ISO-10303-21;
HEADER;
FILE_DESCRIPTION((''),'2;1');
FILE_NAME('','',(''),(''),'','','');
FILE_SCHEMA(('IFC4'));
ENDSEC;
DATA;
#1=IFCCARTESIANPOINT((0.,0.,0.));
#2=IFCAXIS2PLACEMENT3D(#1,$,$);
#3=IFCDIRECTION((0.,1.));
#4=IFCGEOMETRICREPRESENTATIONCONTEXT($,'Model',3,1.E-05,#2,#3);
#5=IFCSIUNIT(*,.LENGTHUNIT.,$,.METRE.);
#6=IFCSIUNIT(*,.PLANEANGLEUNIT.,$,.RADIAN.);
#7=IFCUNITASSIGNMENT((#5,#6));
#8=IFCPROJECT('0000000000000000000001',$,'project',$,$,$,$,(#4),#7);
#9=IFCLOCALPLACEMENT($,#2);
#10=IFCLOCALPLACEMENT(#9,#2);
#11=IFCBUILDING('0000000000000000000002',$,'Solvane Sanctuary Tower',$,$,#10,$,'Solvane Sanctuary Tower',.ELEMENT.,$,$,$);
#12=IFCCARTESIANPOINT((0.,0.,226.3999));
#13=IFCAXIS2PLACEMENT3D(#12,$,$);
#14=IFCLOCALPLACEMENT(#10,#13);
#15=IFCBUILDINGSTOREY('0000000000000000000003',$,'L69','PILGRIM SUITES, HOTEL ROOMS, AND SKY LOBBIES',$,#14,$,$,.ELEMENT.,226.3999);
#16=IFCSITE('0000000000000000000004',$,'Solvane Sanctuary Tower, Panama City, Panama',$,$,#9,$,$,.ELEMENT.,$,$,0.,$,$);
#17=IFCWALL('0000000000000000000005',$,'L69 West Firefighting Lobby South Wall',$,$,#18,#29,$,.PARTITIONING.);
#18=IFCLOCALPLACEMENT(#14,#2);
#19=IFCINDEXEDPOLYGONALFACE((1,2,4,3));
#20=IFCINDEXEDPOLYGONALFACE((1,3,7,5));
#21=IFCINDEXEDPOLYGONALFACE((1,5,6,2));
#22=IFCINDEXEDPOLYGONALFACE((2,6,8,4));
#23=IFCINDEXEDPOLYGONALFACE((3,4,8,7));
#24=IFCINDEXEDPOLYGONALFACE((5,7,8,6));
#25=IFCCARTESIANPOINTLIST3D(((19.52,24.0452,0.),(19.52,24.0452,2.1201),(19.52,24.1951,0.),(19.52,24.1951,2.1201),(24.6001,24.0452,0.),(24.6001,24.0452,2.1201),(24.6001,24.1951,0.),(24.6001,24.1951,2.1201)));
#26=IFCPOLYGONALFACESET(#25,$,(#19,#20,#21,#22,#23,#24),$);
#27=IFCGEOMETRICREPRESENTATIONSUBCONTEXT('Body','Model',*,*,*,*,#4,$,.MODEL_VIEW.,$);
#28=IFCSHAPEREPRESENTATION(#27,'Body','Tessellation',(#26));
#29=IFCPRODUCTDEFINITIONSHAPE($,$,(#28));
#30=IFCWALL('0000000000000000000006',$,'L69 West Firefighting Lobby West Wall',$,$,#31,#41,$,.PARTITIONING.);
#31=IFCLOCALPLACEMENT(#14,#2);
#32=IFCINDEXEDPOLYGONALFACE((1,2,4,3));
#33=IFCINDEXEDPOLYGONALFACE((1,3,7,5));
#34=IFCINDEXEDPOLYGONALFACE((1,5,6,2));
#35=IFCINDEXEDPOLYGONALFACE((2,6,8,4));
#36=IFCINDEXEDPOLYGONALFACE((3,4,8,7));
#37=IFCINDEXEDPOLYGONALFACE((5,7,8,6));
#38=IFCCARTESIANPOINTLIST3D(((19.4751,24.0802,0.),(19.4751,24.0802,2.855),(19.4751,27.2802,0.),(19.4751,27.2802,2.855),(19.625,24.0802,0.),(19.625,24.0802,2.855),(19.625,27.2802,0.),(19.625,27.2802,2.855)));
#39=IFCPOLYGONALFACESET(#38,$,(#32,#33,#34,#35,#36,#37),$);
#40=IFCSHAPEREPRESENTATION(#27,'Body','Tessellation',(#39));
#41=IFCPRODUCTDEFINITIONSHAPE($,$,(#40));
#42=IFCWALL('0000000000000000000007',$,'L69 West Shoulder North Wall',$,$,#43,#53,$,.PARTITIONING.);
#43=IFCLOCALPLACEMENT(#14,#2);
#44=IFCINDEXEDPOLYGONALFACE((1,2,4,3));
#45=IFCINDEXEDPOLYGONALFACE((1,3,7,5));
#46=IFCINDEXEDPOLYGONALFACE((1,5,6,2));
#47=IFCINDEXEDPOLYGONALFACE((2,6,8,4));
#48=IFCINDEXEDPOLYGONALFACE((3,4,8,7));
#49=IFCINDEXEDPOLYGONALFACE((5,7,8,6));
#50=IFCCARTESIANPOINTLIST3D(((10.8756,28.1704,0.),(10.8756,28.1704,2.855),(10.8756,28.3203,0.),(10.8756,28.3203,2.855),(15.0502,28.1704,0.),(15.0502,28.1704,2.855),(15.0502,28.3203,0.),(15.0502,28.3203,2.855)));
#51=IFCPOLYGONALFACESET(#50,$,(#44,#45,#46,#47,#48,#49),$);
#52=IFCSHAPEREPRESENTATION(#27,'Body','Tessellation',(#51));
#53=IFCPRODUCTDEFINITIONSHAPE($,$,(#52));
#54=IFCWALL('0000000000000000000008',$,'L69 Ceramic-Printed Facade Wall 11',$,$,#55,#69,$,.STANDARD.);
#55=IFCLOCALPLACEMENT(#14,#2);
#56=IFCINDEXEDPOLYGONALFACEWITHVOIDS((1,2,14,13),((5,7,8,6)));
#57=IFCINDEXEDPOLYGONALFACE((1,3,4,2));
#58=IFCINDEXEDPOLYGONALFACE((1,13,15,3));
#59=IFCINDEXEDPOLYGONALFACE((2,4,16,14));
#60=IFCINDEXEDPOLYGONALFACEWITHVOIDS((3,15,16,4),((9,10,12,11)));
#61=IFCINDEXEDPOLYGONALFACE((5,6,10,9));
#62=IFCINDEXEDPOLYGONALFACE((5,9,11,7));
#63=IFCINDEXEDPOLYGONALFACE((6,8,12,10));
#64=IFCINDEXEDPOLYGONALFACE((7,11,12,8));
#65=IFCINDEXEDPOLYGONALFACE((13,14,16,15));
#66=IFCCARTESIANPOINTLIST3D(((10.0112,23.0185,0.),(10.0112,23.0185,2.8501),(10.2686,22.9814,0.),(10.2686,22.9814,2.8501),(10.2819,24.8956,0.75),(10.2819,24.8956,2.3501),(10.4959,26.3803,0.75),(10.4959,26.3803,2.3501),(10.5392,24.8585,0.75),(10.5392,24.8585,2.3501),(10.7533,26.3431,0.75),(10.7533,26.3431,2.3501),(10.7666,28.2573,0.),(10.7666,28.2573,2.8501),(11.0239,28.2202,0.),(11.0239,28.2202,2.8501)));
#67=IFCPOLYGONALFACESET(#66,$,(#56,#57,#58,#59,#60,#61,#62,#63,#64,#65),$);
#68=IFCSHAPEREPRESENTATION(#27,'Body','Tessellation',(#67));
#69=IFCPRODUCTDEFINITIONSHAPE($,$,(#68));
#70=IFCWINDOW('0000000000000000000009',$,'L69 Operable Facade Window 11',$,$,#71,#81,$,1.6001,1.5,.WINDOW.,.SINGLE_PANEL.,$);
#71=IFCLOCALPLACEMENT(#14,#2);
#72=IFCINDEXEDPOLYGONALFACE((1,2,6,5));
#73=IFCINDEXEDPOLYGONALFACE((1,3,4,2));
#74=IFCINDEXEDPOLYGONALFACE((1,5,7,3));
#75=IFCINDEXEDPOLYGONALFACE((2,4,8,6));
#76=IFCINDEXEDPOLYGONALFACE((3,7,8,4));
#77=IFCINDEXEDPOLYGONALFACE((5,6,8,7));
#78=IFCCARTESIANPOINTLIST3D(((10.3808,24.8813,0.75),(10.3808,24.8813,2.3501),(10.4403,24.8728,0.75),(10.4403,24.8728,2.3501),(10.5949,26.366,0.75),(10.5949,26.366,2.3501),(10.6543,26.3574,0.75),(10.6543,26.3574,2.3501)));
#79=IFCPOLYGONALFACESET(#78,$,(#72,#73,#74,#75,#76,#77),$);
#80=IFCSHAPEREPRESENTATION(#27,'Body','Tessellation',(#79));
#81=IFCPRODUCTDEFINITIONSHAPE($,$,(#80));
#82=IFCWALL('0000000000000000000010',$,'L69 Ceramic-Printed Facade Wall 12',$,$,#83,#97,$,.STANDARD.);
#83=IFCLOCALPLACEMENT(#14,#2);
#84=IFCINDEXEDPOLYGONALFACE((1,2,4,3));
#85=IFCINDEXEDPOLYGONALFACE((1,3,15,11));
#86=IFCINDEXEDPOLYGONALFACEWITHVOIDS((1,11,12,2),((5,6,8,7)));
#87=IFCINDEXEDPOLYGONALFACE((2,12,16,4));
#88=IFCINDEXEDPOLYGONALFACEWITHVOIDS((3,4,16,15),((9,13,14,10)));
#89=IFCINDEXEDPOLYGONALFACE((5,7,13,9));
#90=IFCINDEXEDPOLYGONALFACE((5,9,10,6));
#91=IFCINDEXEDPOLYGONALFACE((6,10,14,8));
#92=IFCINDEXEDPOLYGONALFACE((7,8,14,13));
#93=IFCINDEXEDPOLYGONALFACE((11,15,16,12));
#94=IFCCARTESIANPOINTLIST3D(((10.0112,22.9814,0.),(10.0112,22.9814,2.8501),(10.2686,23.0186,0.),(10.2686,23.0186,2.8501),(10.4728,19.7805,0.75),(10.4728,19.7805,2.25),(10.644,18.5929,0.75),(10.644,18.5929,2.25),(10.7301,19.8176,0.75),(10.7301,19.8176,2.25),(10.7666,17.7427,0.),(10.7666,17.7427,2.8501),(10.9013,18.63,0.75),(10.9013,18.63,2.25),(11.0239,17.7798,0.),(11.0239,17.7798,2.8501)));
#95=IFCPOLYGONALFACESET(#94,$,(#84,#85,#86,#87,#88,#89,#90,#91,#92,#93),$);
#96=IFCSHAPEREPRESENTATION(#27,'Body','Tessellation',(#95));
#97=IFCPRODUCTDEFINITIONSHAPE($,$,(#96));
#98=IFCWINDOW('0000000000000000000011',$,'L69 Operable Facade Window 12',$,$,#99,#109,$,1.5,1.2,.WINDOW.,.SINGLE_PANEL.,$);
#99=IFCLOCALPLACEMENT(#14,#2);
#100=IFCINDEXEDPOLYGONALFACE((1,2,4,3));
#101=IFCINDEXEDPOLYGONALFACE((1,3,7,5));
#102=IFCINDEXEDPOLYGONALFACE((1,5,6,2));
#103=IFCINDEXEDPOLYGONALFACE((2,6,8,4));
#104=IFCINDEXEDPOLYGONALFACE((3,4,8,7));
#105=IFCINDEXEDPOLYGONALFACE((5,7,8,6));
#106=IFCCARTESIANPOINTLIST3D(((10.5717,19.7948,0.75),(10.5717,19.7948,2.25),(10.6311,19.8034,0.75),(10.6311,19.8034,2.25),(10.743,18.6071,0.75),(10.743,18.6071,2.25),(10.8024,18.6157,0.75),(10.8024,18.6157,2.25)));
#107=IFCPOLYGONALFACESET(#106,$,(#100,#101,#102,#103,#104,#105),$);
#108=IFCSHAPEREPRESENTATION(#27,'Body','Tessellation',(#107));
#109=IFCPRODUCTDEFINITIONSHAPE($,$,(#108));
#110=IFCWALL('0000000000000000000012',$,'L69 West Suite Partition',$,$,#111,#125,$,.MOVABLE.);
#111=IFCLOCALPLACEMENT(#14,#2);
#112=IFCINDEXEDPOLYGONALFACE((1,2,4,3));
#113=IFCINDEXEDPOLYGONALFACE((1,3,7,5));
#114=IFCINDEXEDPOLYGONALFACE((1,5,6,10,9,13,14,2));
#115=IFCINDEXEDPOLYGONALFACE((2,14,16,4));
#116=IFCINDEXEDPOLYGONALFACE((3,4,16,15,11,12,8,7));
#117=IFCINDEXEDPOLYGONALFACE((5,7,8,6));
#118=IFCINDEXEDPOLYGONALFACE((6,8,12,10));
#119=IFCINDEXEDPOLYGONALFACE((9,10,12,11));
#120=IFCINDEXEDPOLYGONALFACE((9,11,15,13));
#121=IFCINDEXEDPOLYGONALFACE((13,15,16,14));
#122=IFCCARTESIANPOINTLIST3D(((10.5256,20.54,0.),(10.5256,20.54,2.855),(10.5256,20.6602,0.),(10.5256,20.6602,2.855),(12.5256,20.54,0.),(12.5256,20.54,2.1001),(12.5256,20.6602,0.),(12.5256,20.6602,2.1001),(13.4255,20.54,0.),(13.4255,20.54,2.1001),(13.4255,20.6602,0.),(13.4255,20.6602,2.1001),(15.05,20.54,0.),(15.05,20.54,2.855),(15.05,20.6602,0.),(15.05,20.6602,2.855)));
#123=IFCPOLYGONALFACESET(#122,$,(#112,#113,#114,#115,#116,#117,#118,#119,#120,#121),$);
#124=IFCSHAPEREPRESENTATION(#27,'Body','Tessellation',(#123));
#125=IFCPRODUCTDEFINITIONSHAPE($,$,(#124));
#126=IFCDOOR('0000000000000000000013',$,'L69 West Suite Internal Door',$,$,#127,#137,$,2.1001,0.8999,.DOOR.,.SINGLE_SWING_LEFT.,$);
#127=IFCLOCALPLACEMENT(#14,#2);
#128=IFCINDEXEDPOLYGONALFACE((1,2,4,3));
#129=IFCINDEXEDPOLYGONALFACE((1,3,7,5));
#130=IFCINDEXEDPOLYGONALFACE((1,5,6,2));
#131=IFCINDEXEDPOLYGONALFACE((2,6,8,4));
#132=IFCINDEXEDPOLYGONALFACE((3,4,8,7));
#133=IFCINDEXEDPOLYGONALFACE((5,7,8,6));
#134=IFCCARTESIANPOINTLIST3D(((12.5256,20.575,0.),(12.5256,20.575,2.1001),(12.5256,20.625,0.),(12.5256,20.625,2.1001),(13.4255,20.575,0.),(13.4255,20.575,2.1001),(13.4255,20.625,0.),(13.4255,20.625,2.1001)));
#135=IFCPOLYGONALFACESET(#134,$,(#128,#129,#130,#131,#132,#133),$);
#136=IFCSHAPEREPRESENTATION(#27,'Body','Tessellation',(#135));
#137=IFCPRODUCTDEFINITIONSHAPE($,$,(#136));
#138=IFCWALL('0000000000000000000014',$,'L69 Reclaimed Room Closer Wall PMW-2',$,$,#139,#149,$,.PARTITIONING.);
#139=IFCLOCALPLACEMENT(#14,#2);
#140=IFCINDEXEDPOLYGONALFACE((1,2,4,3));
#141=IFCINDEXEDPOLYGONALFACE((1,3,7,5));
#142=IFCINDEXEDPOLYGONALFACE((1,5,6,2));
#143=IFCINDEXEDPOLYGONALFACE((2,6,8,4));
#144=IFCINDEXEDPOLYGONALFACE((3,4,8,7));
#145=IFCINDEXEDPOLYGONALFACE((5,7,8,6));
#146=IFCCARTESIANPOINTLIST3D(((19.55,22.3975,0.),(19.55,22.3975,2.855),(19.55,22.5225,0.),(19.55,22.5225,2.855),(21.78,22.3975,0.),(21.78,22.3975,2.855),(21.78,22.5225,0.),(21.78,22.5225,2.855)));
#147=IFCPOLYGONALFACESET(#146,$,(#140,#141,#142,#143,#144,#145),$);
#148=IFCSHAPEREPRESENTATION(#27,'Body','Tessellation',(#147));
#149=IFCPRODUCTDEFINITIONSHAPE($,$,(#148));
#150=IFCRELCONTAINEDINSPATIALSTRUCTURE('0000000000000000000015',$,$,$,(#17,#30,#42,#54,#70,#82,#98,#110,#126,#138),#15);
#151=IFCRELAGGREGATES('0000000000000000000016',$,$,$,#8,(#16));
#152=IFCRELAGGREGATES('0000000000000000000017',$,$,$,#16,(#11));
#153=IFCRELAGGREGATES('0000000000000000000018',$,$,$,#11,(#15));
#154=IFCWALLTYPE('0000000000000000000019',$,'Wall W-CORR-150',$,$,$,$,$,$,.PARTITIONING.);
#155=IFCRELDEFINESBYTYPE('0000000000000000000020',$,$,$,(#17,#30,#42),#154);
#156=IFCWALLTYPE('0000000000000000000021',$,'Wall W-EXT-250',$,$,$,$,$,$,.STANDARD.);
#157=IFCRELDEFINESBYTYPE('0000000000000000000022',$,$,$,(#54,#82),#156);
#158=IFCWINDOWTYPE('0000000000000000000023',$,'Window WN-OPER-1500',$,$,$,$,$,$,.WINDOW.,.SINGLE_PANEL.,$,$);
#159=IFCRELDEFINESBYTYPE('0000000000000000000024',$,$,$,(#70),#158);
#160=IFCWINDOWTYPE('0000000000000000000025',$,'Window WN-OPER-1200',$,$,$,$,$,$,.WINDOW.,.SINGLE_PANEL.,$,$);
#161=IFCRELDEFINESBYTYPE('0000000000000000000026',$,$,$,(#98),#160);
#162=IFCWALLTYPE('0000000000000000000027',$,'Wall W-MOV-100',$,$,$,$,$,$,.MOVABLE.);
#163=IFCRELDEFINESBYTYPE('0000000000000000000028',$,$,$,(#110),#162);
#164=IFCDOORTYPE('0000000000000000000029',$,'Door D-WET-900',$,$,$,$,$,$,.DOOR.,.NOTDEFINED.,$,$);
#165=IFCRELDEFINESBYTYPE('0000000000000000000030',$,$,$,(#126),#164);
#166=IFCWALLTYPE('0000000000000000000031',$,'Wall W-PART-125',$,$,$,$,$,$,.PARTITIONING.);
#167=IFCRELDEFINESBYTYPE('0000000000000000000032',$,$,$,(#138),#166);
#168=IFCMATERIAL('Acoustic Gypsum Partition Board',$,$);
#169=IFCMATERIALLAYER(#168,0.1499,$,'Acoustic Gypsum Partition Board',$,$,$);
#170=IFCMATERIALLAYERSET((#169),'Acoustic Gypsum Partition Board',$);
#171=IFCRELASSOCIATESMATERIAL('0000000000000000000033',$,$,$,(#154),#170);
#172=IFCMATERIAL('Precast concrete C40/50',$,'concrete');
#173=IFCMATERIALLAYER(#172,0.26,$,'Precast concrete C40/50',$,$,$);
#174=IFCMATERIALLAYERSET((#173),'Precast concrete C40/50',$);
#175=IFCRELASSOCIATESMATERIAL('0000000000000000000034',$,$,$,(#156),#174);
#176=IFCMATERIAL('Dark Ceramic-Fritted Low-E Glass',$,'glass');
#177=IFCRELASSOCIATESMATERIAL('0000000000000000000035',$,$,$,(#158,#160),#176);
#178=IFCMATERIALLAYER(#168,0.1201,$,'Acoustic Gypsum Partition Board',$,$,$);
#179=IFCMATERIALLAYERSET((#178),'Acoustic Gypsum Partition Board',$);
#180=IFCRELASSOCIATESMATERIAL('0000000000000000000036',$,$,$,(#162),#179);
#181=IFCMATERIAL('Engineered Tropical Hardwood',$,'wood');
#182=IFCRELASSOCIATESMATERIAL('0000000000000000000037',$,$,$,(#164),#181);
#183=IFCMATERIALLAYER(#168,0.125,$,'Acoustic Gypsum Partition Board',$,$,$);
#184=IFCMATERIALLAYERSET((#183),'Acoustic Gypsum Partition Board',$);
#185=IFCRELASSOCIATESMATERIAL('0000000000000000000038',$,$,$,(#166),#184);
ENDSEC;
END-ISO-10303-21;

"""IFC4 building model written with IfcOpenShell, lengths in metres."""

from ifc_helpers import new_model, si_unit, direction, frame, frame_2d, origin, place, context, subcontext, project, spatial, rectangle, extrude, material, layer, layer_set, type_object, element, fill, save


model = new_model("IFC4")

# Units and contexts
model_context = context("Model", 3, precision=1e-05, world=origin(), true_north=direction((0.0, 1.0)))
body_context = subcontext(model_context, "Body", "Model", "MODEL_VIEW")
ifc_project = project(units=[si_unit("LENGTHUNIT", "METRE"), si_unit("PLANEANGLEUNIT", "RADIAN")], contexts=[model_context])

# Site, building, storey
site_placement = place(None, origin())
site = spatial("IfcSite", under=ifc_project, at=site_placement, Name="Solvane Sanctuary Tower, Panama City, Panama", CompositionType="ELEMENT", RefElevation=0.0)
building_placement = place(site_placement, origin())
building = spatial("IfcBuilding", under=site, at=building_placement, Name="Solvane Sanctuary Tower", LongName="Solvane Sanctuary Tower", CompositionType="ELEMENT")
storey_placement = place(building_placement, frame((0.0, 0.0, 226.3999)))
storey = spatial("IfcBuildingStorey", under=building, at=storey_placement, Name="L69", Description="PILGRIM SUITES, HOTEL ROOMS, AND SKY LOBBIES", CompositionType="ELEMENT", Elevation=226.3999)

# Walls
ifc_material_1 = material(Name="Acoustic Gypsum Partition Board")
ifc_layer_1 = layer(ifc_material_1, 0.1499, Name="Acoustic Gypsum Partition Board")
ifc_layer_set_1 = layer_set([ifc_layer_1], Name="Acoustic Gypsum Partition Board")
wall_type_1 = type_object("IfcWallType", Name="Wall W-CORR-150", PredefinedType="PARTITIONING", material=ifc_layer_set_1)
wall_1_placement = place(storey_placement, frame((19.52, 24.1201, 0.0), z_axis=(0.0, 0.0, 1.0), x_axis=(1.0, 0.0, 0.0)))
element("IfcWall", 1, at=wall_1_placement, inside=storey, type_object=wall_type_1, Name="L69 West Firefighting Lobby South Wall", PredefinedType="PARTITIONING", context=body_context, shape_type="SweptSolid", body=[
    extrude(rectangle(XDim=5.0801, YDim=0.1499, at=frame_2d((2.54, 0.0))), origin(), (0.0, 0.0, 1.0), 2.1201),
])
wall_2_placement = place(storey_placement, frame((19.55, 24.0801, 0.0), z_axis=(0.0, 0.0, 1.0), x_axis=(0.0, 1.0, 0.0)))
element("IfcWall", 2, at=wall_2_placement, inside=storey, type_object=wall_type_1, Name="L69 West Firefighting Lobby West Wall", PredefinedType="PARTITIONING", context=body_context, shape_type="SweptSolid", body=[
    extrude(rectangle(XDim=3.2, YDim=0.1499, at=frame_2d((1.6001, 0.0))), origin(), (0.0, 0.0, 1.0), 2.855),
])
wall_3_placement = place(storey_placement, frame((10.8755, 28.2454, 0.0), z_axis=(0.0, 0.0, 1.0), x_axis=(1.0, 0.0, 0.0)))
element("IfcWall", 3, at=wall_3_placement, inside=storey, type_object=wall_type_1, Name="L69 West Shoulder North Wall", PredefinedType="PARTITIONING", context=body_context, shape_type="SweptSolid", body=[
    extrude(rectangle(XDim=4.1746, YDim=0.1499, at=frame_2d((2.0874, 0.0))), origin(), (0.0, 0.0, 1.0), 2.855),
])

# Walls, openings, windows
ifc_material_2 = material(Name="Precast concrete C40/50", Category="concrete")
ifc_layer_2 = layer(ifc_material_2, 0.26, Name="Precast concrete C40/50")
ifc_layer_set_2 = layer_set([ifc_layer_2], Name="Precast concrete C40/50")
wall_type_2 = type_object("IfcWallType", Name="Wall W-EXT-250", PredefinedType="STANDARD", material=ifc_layer_set_2)
wall_4_placement = place(storey_placement, frame((10.8953, 28.2388, 0.0), z_axis=(0.0, 0.0, 1.0), x_axis=(-0.142713, -0.989764, 0.0)))
wall_4 = element("IfcWall", 4, at=wall_4_placement, inside=storey, type_object=wall_type_2, Name="L69 Ceramic-Printed Facade Wall 11", PredefinedType="STANDARD", context=body_context, shape_type="SweptSolid", body=[
    extrude(rectangle(XDim=5.293, YDim=0.26, at=frame_2d((2.6465, 0.0))), origin(), (0.0, 0.0, 1.0), 2.8501),
])
opening_1_placement = place(wall_4_placement, frame((1.8965, 0.0, 0.75)))
opening_1 = element("IfcOpeningElement", 5, at=opening_1_placement, cuts=wall_4, PredefinedType="OPENING", context=body_context, shape_type="SweptSolid", body=[
    extrude(rectangle(XDim=1.5, YDim=1.6001, at=frame_2d((0.75, 0.8))), frame((0.0, 0.1399, 0.0), z_axis=(0.0, -1.0, 0.0), x_axis=(1.0, 0.0, 0.0)), (0.0, 0.0, 1.0), 0.28),
])
ifc_material_3 = material(Name="Dark Ceramic-Fritted Low-E Glass", Category="glass")
window_type_1 = type_object("IfcWindowType", Name="Window WN-OPER-1500", PartitioningType="SINGLE_PANEL", PredefinedType="WINDOW", material=ifc_material_3)
window_1_placement = place(opening_1_placement, origin())
window_1 = element("IfcWindow", 6, at=window_1_placement, inside=storey, type_object=window_type_1, Name="L69 Operable Facade Window 11", OverallHeight=1.6001, OverallWidth=1.5, PartitioningType="SINGLE_PANEL", PredefinedType="WINDOW", context=body_context, shape_type="SweptSolid", body=[
    extrude(rectangle(XDim=1.5, YDim=1.6001, at=frame_2d((0.75, 0.8))), frame((0.0, 0.03, 0.0), z_axis=(0.0, -1.0, 0.0), x_axis=(1.0, 0.0, 0.0)), (0.0, 0.0, 1.0), 0.0601),
])
fill(opening_1, window_1)
wall_5_placement = place(storey_placement, frame((10.1399, 23.0, 0.0), z_axis=(0.0, 0.0, 1.0), x_axis=(0.142713, -0.989764, 0.0)))
wall_5 = element("IfcWall", 7, at=wall_5_placement, inside=storey, type_object=wall_type_2, Name="L69 Ceramic-Printed Facade Wall 12", PredefinedType="STANDARD", context=body_context, shape_type="SweptSolid", body=[
    extrude(rectangle(XDim=5.293, YDim=0.26, at=frame_2d((2.6465, 0.0))), origin(), (0.0, 0.0, 1.0), 2.8501),
])
opening_2_placement = place(wall_5_placement, frame((3.2339, 0.0, 0.75)))
opening_2 = element("IfcOpeningElement", 8, at=opening_2_placement, cuts=wall_5, PredefinedType="OPENING", context=body_context, shape_type="SweptSolid", body=[
    extrude(rectangle(XDim=1.2, YDim=1.5, at=frame_2d((0.6001, 0.75))), frame((0.0, 0.1399, 0.0), z_axis=(0.0, -1.0, 0.0), x_axis=(1.0, 0.0, 0.0)), (0.0, 0.0, 1.0), 0.28),
])
window_type_2 = type_object("IfcWindowType", Name="Window WN-OPER-1200", PartitioningType="SINGLE_PANEL", PredefinedType="WINDOW", material=ifc_material_3)
window_2_placement = place(opening_2_placement, origin())
window_2 = element("IfcWindow", 9, at=window_2_placement, inside=storey, type_object=window_type_2, Name="L69 Operable Facade Window 12", OverallHeight=1.5, OverallWidth=1.2, PartitioningType="SINGLE_PANEL", PredefinedType="WINDOW", context=body_context, shape_type="SweptSolid", body=[
    extrude(rectangle(XDim=1.2, YDim=1.5, at=frame_2d((0.6001, 0.75))), frame((0.0, 0.03, 0.0), z_axis=(0.0, -1.0, 0.0), x_axis=(1.0, 0.0, 0.0)), (0.0, 0.0, 1.0), 0.0601),
])
fill(opening_2, window_2)

# Wall, opening, door
ifc_layer_3 = layer(ifc_material_1, 0.1201, Name="Acoustic Gypsum Partition Board")
ifc_layer_set_3 = layer_set([ifc_layer_3], Name="Acoustic Gypsum Partition Board")
wall_type_3 = type_object("IfcWallType", Name="Wall W-MOV-100", PredefinedType="MOVABLE", material=ifc_layer_set_3)
wall_6_placement = place(storey_placement, frame((10.5256, 20.6001, 0.0), z_axis=(0.0, 0.0, 1.0), x_axis=(1.0, 0.0, 0.0)))
wall_6 = element("IfcWall", 10, at=wall_6_placement, inside=storey, type_object=wall_type_3, Name="L69 West Suite Partition", PredefinedType="MOVABLE", context=body_context, shape_type="SweptSolid", body=[
    extrude(rectangle(XDim=4.5244, YDim=0.1201, at=frame_2d((2.2622, 0.0))), origin(), (0.0, 0.0, 1.0), 2.855),
])
opening_3_placement = place(wall_6_placement, frame((2.0, 0.0, 0.0)))
opening_3 = element("IfcOpeningElement", 11, at=opening_3_placement, cuts=wall_6, PredefinedType="OPENING", context=body_context, shape_type="SweptSolid", body=[
    extrude(rectangle(XDim=0.8999, YDim=2.1001, at=frame_2d((0.45, 1.05))), frame((0.0, 0.0701, 0.0), z_axis=(0.0, -1.0, 0.0), x_axis=(1.0, 0.0, 0.0)), (0.0, 0.0, 1.0), 0.1401),
])
ifc_material_4 = material(Name="Engineered Tropical Hardwood", Category="wood")
door_type_1 = type_object("IfcDoorType", Name="Door D-WET-900", OperationType="NOTDEFINED", PredefinedType="DOOR", material=ifc_material_4)
door_1_placement = place(opening_3_placement, origin())
door_1 = element("IfcDoor", 12, at=door_1_placement, inside=storey, type_object=door_type_1, Name="L69 West Suite Internal Door", OperationType="SINGLE_SWING_LEFT", OverallHeight=2.1001, OverallWidth=0.8999, PredefinedType="DOOR", context=body_context, shape_type="SweptSolid", body=[
    extrude(rectangle(XDim=0.8999, YDim=2.1001, at=frame_2d((0.45, 1.05))), frame((0.0, 0.0249, 0.0), z_axis=(0.0, -1.0, 0.0), x_axis=(1.0, 0.0, 0.0)), (0.0, 0.0, 1.0), 0.05),
])
fill(opening_3, door_1)

# Wall
ifc_layer_4 = layer(ifc_material_1, 0.125, Name="Acoustic Gypsum Partition Board")
ifc_layer_set_4 = layer_set([ifc_layer_4], Name="Acoustic Gypsum Partition Board")
wall_type_4 = type_object("IfcWallType", Name="Wall W-PART-125", PredefinedType="PARTITIONING", material=ifc_layer_set_4)
wall_7_placement = place(storey_placement, frame((19.55, 22.46, 0.0), z_axis=(0.0, 0.0, 1.0), x_axis=(1.0, 0.0, 0.0)))
element("IfcWall", 13, at=wall_7_placement, inside=storey, type_object=wall_type_4, Name="L69 Reclaimed Room Closer Wall PMW-2", PredefinedType="PARTITIONING", context=body_context, shape_type="SweptSolid", body=[
    extrude(rectangle(XDim=2.23, YDim=0.125, at=frame_2d((1.115, 0.0))), origin(), (0.0, 0.0, 1.0), 2.855),
])

save(model, "model.ifc")
